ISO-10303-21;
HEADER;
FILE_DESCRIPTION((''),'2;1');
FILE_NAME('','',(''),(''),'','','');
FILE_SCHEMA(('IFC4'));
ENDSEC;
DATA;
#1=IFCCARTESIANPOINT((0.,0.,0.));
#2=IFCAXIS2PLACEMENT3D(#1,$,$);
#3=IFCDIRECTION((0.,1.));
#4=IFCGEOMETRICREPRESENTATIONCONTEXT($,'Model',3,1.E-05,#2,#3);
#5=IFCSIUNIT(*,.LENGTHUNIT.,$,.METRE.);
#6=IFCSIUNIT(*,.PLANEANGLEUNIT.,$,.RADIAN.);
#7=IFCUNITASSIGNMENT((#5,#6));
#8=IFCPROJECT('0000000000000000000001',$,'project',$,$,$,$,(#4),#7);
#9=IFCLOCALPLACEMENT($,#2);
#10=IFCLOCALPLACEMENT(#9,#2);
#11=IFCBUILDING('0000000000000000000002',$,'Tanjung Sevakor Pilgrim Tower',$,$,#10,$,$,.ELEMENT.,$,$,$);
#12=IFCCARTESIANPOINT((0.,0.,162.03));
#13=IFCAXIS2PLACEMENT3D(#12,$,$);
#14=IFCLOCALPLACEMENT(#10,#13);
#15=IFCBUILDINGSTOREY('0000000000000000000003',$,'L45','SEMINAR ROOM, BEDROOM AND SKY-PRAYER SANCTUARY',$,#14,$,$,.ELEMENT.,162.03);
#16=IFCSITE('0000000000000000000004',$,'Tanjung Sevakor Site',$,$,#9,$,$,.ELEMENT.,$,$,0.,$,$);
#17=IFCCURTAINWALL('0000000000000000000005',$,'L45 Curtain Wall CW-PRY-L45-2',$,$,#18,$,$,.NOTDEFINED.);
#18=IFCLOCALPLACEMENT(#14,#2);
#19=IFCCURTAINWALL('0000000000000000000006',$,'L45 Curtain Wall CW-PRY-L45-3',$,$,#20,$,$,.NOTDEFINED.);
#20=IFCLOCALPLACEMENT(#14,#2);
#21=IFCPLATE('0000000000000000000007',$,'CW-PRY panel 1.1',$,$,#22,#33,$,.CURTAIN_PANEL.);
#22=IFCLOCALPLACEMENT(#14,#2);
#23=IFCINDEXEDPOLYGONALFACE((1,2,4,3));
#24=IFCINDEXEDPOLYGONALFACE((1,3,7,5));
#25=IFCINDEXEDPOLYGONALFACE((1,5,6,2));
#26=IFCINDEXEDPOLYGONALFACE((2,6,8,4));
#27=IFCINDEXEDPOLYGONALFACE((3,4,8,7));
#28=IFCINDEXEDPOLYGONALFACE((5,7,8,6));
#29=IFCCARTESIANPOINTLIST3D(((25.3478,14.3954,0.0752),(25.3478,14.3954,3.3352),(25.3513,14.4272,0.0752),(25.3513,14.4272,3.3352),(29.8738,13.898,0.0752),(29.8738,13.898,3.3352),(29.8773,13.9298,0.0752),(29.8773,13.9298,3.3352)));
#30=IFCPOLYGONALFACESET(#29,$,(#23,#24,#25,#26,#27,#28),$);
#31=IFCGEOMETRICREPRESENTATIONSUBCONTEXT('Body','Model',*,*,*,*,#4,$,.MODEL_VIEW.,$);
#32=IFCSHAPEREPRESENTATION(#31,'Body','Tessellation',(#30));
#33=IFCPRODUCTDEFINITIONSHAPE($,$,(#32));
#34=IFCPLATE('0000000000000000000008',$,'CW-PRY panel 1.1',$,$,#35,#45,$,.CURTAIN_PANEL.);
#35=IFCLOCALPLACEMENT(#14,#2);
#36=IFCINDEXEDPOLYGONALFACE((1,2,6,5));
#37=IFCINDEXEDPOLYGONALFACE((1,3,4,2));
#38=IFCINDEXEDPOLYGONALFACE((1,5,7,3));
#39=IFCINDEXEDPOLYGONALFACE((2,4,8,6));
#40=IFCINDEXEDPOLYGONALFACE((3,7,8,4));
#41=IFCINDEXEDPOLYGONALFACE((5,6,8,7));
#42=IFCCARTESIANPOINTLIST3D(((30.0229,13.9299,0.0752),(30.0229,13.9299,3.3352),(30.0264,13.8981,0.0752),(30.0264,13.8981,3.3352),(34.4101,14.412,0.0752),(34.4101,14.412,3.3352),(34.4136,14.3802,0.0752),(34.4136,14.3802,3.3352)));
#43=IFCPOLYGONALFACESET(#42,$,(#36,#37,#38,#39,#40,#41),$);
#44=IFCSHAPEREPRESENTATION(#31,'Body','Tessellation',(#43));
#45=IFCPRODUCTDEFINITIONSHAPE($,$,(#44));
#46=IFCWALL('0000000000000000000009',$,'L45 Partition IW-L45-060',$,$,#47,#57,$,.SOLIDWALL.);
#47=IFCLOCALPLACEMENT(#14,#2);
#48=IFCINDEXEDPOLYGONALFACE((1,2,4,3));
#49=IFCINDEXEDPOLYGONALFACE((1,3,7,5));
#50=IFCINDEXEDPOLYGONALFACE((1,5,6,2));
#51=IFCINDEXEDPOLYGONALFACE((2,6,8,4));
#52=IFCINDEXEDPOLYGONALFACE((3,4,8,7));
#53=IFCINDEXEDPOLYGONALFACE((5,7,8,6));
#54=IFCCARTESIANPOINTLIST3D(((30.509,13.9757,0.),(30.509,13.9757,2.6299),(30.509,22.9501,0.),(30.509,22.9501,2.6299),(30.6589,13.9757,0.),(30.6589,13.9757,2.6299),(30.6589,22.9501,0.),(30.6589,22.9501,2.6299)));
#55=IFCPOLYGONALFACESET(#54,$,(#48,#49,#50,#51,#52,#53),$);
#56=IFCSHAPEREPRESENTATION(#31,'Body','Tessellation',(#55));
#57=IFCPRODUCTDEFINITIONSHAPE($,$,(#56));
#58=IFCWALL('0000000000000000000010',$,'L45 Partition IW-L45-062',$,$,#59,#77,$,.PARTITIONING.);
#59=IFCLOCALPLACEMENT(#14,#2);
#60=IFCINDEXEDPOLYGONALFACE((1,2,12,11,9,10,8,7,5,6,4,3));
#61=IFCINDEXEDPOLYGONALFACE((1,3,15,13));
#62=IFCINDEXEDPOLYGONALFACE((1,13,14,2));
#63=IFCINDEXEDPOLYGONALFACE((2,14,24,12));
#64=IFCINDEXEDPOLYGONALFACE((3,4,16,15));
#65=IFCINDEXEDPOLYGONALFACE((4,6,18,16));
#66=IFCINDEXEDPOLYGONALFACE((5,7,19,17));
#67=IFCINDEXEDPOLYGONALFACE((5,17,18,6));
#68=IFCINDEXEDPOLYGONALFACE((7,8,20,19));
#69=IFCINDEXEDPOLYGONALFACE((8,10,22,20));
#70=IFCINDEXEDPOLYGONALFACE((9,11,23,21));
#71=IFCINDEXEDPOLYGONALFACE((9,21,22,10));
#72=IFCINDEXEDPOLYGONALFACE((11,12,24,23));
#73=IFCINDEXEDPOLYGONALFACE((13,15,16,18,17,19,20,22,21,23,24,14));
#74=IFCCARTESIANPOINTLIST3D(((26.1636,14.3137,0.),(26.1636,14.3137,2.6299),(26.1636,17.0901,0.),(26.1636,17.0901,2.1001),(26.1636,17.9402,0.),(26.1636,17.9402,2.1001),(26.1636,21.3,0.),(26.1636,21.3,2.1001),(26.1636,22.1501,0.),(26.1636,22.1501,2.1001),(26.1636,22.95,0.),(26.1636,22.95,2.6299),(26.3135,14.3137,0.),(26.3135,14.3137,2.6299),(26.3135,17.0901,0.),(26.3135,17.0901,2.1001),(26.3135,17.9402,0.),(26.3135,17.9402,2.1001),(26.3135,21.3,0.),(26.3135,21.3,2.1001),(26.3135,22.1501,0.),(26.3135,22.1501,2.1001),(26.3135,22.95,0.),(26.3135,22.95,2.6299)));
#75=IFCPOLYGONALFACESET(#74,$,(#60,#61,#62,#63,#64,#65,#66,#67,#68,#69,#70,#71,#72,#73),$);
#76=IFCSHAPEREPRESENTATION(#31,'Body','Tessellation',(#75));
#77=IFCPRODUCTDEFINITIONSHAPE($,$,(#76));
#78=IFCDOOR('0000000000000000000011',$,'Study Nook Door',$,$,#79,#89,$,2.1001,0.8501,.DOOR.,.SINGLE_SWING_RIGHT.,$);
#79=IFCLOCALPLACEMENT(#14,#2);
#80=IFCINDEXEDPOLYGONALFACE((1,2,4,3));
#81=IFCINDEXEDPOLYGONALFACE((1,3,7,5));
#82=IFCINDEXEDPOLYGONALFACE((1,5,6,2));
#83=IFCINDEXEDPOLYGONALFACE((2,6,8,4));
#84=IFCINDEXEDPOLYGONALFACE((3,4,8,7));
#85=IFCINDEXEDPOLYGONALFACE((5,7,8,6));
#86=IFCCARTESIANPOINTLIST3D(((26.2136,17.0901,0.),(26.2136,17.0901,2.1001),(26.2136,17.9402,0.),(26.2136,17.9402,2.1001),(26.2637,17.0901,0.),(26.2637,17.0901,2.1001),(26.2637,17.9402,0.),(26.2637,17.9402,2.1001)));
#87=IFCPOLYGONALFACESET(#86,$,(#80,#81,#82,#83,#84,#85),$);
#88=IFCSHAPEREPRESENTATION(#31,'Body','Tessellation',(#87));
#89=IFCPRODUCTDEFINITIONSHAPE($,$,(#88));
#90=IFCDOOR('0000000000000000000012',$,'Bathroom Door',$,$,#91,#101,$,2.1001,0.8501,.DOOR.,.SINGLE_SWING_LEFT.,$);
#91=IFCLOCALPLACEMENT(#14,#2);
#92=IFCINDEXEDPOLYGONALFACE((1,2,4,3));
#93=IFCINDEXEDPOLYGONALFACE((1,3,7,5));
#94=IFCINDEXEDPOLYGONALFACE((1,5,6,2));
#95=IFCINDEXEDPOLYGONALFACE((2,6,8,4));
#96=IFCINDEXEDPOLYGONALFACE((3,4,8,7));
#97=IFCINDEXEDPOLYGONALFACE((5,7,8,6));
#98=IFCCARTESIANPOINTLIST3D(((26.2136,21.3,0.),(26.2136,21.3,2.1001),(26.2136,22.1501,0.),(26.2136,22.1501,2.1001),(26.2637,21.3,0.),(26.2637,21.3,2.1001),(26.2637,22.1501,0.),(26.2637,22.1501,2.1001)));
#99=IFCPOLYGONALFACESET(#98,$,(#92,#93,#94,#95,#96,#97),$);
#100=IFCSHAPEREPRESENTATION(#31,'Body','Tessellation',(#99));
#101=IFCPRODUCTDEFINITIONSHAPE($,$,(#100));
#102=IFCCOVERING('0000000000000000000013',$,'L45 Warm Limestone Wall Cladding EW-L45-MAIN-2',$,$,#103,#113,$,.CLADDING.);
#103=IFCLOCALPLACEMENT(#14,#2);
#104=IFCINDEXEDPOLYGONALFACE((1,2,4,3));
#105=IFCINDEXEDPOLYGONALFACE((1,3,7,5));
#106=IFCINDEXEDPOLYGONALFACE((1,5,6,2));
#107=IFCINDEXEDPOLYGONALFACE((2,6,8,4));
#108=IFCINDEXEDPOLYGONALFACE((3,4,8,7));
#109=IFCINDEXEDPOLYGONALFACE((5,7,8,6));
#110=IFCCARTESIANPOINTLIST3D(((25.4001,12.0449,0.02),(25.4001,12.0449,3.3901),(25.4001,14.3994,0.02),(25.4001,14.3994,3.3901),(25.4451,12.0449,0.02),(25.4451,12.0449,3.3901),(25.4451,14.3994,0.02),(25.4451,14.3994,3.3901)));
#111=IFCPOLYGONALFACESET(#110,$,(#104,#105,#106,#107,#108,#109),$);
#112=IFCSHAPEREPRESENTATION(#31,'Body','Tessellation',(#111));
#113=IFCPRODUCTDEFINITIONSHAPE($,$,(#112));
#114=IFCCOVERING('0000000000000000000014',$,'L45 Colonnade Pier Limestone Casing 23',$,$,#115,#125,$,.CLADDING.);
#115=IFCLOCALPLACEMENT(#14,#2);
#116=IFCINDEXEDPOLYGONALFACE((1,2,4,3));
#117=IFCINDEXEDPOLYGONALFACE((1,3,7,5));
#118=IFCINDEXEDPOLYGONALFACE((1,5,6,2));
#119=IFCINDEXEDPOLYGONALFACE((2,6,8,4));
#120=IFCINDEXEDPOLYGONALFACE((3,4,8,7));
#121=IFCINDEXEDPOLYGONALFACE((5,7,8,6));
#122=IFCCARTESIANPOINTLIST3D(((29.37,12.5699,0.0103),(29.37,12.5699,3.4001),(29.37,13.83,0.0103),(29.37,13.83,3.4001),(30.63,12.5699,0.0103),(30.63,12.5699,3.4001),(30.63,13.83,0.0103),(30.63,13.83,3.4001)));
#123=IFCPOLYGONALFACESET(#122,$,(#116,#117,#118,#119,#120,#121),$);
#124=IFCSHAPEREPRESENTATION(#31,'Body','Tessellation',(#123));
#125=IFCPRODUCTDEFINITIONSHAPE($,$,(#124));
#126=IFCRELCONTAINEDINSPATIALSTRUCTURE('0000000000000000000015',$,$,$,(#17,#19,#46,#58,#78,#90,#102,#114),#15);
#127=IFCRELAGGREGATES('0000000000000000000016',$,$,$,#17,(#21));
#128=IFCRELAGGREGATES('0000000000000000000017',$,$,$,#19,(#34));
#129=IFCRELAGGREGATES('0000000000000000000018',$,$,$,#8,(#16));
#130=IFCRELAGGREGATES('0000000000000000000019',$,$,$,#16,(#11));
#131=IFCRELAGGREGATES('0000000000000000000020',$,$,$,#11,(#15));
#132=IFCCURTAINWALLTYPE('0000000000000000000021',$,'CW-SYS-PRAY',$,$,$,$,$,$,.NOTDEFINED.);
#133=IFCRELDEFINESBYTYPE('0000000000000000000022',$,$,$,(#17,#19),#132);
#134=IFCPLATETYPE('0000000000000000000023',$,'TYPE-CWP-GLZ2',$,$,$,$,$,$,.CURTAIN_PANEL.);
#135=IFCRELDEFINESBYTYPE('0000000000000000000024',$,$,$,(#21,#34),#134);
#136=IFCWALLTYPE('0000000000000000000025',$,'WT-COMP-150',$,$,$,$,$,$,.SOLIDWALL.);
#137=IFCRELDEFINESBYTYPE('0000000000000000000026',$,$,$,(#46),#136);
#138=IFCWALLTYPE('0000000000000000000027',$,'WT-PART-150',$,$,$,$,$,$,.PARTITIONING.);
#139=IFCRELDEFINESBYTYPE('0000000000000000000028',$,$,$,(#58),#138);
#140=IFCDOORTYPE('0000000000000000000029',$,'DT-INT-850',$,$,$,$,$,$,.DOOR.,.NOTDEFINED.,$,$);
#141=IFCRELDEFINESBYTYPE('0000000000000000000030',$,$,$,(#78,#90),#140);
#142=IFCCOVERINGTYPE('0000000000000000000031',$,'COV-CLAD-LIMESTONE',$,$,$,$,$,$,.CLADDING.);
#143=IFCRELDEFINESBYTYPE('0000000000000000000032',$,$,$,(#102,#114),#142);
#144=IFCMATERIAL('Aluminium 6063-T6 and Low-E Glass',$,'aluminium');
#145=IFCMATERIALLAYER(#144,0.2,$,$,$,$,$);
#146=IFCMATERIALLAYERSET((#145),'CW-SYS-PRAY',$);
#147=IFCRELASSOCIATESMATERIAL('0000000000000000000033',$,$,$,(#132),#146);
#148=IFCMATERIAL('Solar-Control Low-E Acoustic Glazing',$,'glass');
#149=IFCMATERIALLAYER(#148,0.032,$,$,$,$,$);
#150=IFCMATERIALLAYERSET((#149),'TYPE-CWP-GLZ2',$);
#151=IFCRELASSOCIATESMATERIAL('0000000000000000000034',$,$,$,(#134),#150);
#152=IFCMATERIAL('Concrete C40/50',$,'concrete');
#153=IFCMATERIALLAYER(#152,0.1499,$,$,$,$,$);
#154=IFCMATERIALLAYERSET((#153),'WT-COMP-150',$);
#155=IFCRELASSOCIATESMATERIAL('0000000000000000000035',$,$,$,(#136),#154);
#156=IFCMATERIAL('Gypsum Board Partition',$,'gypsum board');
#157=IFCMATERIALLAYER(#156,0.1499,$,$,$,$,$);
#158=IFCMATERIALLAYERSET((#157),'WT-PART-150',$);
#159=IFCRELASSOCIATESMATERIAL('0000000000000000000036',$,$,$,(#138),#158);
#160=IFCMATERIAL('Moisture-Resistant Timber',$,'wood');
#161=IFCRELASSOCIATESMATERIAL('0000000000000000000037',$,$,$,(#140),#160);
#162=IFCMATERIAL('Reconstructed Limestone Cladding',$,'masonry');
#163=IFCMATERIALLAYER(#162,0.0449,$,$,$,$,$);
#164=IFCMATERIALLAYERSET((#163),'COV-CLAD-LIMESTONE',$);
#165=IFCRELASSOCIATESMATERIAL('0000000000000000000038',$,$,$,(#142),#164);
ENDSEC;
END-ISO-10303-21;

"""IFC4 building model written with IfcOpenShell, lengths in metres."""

from ifc_helpers import new_model, si_unit, direction, frame, frame_2d, origin, origin_2d, place, context, subcontext, project, spatial, rectangle, extrude, material, layer, layer_set, type_object, element, fill, aggregate, save


model = new_model("IFC4")

# Units and contexts
model_context = context("Model", 3, precision=1e-05, world=origin(), true_north=direction((0.0, 1.0)))
body_context = subcontext(model_context, "Body", "Model", "MODEL_VIEW")
ifc_project = project(units=[si_unit("LENGTHUNIT", "METRE"), si_unit("PLANEANGLEUNIT", "RADIAN")], contexts=[model_context])

# Site, building, storey
site_placement = place(None, origin())
site = spatial("IfcSite", under=ifc_project, at=site_placement, Name="Tanjung Sevakor Site", CompositionType="ELEMENT", RefElevation=0.0)
building_placement = place(site_placement, origin())
building = spatial("IfcBuilding", under=site, at=building_placement, Name="Tanjung Sevakor Pilgrim Tower", CompositionType="ELEMENT")
storey_placement = place(building_placement, frame((0.0, 0.0, 162.03)))
storey = spatial("IfcBuildingStorey", under=building, at=storey_placement, Name="L45", Description="SEMINAR ROOM, BEDROOM AND SKY-PRAYER SANCTUARY", CompositionType="ELEMENT", Elevation=162.03)

# Curtain walls
ifc_material_1 = material(Name="Aluminium 6063-T6 and Low-E Glass", Category="aluminium")
ifc_layer_1 = layer(ifc_material_1, 0.2)
ifc_layer_set_1 = layer_set([ifc_layer_1], Name="CW-SYS-PRAY")
curtain_wall_type = type_object("IfcCurtainWallType", Name="CW-SYS-PRAY", PredefinedType="NOTDEFINED", material=ifc_layer_set_1)
curtain_wall_1_placement = place(storey_placement, origin())
curtain_wall_1 = element("IfcCurtainWall", 1, at=curtain_wall_1_placement, inside=storey, type_object=curtain_wall_type, Name="L45 Curtain Wall CW-PRY-L45-2", PredefinedType="NOTDEFINED")
curtain_wall_2_placement = place(storey_placement, origin())
curtain_wall_2 = element("IfcCurtainWall", 2, at=curtain_wall_2_placement, inside=storey, type_object=curtain_wall_type, Name="L45 Curtain Wall CW-PRY-L45-3", PredefinedType="NOTDEFINED")

# Plates
ifc_material_2 = material(Name="Solar-Control Low-E Acoustic Glazing", Category="glass")
ifc_layer_2 = layer(ifc_material_2, 0.032)
ifc_layer_set_2 = layer_set([ifc_layer_2], Name="TYPE-CWP-GLZ2")
plate_type = type_object("IfcPlateType", Name="TYPE-CWP-GLZ2", PredefinedType="CURTAIN_PANEL", material=ifc_layer_set_2)
plate_1_placement = place(storey_placement, frame((27.6125, 14.1626, 0.0752), z_axis=(0.0, 0.0, 1.0), x_axis=(0.994017, -0.109225, 0.0)))
plate_1 = element("IfcPlate", 3, at=plate_1_placement, type_object=plate_type, Name="CW-PRY panel 1.1", PredefinedType="CURTAIN_PANEL", context=body_context, shape_type="SweptSolid", body=[
    extrude(rectangle(XDim=4.5532, YDim=0.032, at=origin_2d()), origin(), (0.0, 0.0, 1.0), 3.26),
])
aggregate(curtain_wall_1, [plate_1])
plate_2_placement = place(storey_placement, frame((32.2183, 14.155, 0.0752), z_axis=(0.0, 0.0, 1.0), x_axis=(0.994016, 0.109234, 0.0)))
plate_2 = element("IfcPlate", 4, at=plate_2_placement, type_object=plate_type, Name="CW-PRY panel 1.1", PredefinedType="CURTAIN_PANEL", context=body_context, shape_type="SweptSolid", body=[
    extrude(rectangle(XDim=4.4136, YDim=0.032, at=origin_2d()), origin(), (0.0, 0.0, 1.0), 3.26),
])
aggregate(curtain_wall_2, [plate_2])

# Wall
ifc_material_3 = material(Name="Concrete C40/50", Category="concrete")
ifc_layer_3 = layer(ifc_material_3, 0.1499)
ifc_layer_set_3 = layer_set([ifc_layer_3], Name="WT-COMP-150")
wall_type_1 = type_object("IfcWallType", Name="WT-COMP-150", PredefinedType="SOLIDWALL", material=ifc_layer_set_3)
wall_1_placement = place(storey_placement, frame((30.584, 13.9756, 0.0), z_axis=(0.0, 0.0, 1.0), x_axis=(0.0, 1.0, 0.0)))
element("IfcWall", 5, at=wall_1_placement, inside=storey, type_object=wall_type_1, Name="L45 Partition IW-L45-060", PredefinedType="SOLIDWALL", context=body_context, shape_type="SweptSolid", body=[
    extrude(rectangle(XDim=8.9744, YDim=0.1499, at=frame_2d((4.4873, 0.0))), origin(), (0.0, 0.0, 1.0), 2.6299),
])

# Wall, openings, doors
ifc_material_4 = material(Name="Gypsum Board Partition", Category="gypsum board")
ifc_layer_4 = layer(ifc_material_4, 0.1499)
ifc_layer_set_4 = layer_set([ifc_layer_4], Name="WT-PART-150")
wall_type_2 = type_object("IfcWallType", Name="WT-PART-150", PredefinedType="PARTITIONING", material=ifc_layer_set_4)
wall_2_placement = place(storey_placement, frame((26.2385, 14.3137, 0.0), z_axis=(0.0, 0.0, 1.0), x_axis=(0.0, 1.0, 0.0)))
wall_2 = element("IfcWall", 6, at=wall_2_placement, inside=storey, type_object=wall_type_2, Name="L45 Partition IW-L45-062", PredefinedType="PARTITIONING", context=body_context, shape_type="SweptSolid", body=[
    extrude(rectangle(XDim=8.6362, YDim=0.1499, at=frame_2d((4.3181, 0.0))), origin(), (0.0, 0.0, 1.0), 2.6299),
])
opening_1_placement = place(wall_2_placement, frame((2.7764, 0.0, 0.0)))
opening_1 = element("IfcOpeningElement", 7, at=opening_1_placement, cuts=wall_2, PredefinedType="OPENING", context=body_context, shape_type="SweptSolid", body=[
    extrude(rectangle(XDim=0.8501, YDim=2.1001, at=frame_2d((0.425, 1.05))), frame((0.0, 0.085, 0.0), z_axis=(0.0, -1.0, 0.0), x_axis=(1.0, 0.0, 0.0)), (0.0, 0.0, 1.0), 0.1699),
])
opening_2_placement = place(wall_2_placement, frame((6.9863, 0.0, 0.0)))
opening_2 = element("IfcOpeningElement", 8, at=opening_2_placement, cuts=wall_2, PredefinedType="OPENING", context=body_context, shape_type="SweptSolid", body=[
    extrude(rectangle(XDim=0.8501, YDim=2.1001, at=frame_2d((0.425, 1.05))), frame((0.0, 0.085, 0.0), z_axis=(0.0, -1.0, 0.0), x_axis=(1.0, 0.0, 0.0)), (0.0, 0.0, 1.0), 0.1699),
])
ifc_material_5 = material(Name="Moisture-Resistant Timber", Category="wood")
door_type = type_object("IfcDoorType", Name="DT-INT-850", OperationType="NOTDEFINED", PredefinedType="DOOR", material=ifc_material_5)
door_1_placement = place(opening_1_placement, origin())
door_1 = element("IfcDoor", 9, at=door_1_placement, inside=storey, type_object=door_type, Name="Study Nook Door", OperationType="SINGLE_SWING_RIGHT", OverallHeight=2.1001, OverallWidth=0.8501, PredefinedType="DOOR", context=body_context, shape_type="SweptSolid", body=[
    extrude(rectangle(XDim=0.8501, YDim=2.1001, at=frame_2d((0.425, 1.05))), frame((0.0, 0.0249, 0.0), z_axis=(0.0, -1.0, 0.0), x_axis=(1.0, 0.0, 0.0)), (0.0, 0.0, 1.0), 0.05),
])
fill(opening_1, door_1)
door_2_placement = place(opening_2_placement, origin())
door_2 = element("IfcDoor", 10, at=door_2_placement, inside=storey, type_object=door_type, Name="Bathroom Door", OperationType="SINGLE_SWING_LEFT", OverallHeight=2.1001, OverallWidth=0.8501, PredefinedType="DOOR", context=body_context, shape_type="SweptSolid", body=[
    extrude(rectangle(XDim=0.8501, YDim=2.1001, at=frame_2d((0.425, 1.05))), frame((0.0, 0.0249, 0.0), z_axis=(0.0, -1.0, 0.0), x_axis=(1.0, 0.0, 0.0)), (0.0, 0.0, 1.0), 0.05),
])
fill(opening_2, door_2)

# Coverings
ifc_material_6 = material(Name="Reconstructed Limestone Cladding", Category="masonry")
ifc_layer_5 = layer(ifc_material_6, 0.0449)
ifc_layer_set_5 = layer_set([ifc_layer_5], Name="COV-CLAD-LIMESTONE")
covering_type = type_object("IfcCoveringType", Name="COV-CLAD-LIMESTONE", PredefinedType="CLADDING", material=ifc_layer_set_5)
covering_1_placement = place(storey_placement, frame((25.4226, 13.2222, 0.02), z_axis=(0.0, 0.0, 1.0), x_axis=(0.0, 1.0, 0.0)))
element("IfcCovering", 11, at=covering_1_placement, inside=storey, type_object=covering_type, Name="L45 Warm Limestone Wall Cladding EW-L45-MAIN-2", PredefinedType="CLADDING", context=body_context, shape_type="SweptSolid", body=[
    extrude(rectangle(XDim=2.3545, YDim=0.0449, at=origin_2d()), origin(), (0.0, 0.0, 1.0), 3.3701),
])
covering_2_placement = place(storey_placement, frame((30.0, 13.2, 0.0103), z_axis=(0.0, 0.0, 1.0), x_axis=(1.0, 0.0, 0.0)))
element("IfcCovering", 12, at=covering_2_placement, inside=storey, type_object=covering_type, Name="L45 Colonnade Pier Limestone Casing 23", PredefinedType="CLADDING", context=body_context, shape_type="SweptSolid", body=[
    extrude(rectangle(XDim=1.26, YDim=1.26, at=origin_2d()), origin(), (0.0, 0.0, 1.0), 3.3899),
])

save(model, "model.ifc")
